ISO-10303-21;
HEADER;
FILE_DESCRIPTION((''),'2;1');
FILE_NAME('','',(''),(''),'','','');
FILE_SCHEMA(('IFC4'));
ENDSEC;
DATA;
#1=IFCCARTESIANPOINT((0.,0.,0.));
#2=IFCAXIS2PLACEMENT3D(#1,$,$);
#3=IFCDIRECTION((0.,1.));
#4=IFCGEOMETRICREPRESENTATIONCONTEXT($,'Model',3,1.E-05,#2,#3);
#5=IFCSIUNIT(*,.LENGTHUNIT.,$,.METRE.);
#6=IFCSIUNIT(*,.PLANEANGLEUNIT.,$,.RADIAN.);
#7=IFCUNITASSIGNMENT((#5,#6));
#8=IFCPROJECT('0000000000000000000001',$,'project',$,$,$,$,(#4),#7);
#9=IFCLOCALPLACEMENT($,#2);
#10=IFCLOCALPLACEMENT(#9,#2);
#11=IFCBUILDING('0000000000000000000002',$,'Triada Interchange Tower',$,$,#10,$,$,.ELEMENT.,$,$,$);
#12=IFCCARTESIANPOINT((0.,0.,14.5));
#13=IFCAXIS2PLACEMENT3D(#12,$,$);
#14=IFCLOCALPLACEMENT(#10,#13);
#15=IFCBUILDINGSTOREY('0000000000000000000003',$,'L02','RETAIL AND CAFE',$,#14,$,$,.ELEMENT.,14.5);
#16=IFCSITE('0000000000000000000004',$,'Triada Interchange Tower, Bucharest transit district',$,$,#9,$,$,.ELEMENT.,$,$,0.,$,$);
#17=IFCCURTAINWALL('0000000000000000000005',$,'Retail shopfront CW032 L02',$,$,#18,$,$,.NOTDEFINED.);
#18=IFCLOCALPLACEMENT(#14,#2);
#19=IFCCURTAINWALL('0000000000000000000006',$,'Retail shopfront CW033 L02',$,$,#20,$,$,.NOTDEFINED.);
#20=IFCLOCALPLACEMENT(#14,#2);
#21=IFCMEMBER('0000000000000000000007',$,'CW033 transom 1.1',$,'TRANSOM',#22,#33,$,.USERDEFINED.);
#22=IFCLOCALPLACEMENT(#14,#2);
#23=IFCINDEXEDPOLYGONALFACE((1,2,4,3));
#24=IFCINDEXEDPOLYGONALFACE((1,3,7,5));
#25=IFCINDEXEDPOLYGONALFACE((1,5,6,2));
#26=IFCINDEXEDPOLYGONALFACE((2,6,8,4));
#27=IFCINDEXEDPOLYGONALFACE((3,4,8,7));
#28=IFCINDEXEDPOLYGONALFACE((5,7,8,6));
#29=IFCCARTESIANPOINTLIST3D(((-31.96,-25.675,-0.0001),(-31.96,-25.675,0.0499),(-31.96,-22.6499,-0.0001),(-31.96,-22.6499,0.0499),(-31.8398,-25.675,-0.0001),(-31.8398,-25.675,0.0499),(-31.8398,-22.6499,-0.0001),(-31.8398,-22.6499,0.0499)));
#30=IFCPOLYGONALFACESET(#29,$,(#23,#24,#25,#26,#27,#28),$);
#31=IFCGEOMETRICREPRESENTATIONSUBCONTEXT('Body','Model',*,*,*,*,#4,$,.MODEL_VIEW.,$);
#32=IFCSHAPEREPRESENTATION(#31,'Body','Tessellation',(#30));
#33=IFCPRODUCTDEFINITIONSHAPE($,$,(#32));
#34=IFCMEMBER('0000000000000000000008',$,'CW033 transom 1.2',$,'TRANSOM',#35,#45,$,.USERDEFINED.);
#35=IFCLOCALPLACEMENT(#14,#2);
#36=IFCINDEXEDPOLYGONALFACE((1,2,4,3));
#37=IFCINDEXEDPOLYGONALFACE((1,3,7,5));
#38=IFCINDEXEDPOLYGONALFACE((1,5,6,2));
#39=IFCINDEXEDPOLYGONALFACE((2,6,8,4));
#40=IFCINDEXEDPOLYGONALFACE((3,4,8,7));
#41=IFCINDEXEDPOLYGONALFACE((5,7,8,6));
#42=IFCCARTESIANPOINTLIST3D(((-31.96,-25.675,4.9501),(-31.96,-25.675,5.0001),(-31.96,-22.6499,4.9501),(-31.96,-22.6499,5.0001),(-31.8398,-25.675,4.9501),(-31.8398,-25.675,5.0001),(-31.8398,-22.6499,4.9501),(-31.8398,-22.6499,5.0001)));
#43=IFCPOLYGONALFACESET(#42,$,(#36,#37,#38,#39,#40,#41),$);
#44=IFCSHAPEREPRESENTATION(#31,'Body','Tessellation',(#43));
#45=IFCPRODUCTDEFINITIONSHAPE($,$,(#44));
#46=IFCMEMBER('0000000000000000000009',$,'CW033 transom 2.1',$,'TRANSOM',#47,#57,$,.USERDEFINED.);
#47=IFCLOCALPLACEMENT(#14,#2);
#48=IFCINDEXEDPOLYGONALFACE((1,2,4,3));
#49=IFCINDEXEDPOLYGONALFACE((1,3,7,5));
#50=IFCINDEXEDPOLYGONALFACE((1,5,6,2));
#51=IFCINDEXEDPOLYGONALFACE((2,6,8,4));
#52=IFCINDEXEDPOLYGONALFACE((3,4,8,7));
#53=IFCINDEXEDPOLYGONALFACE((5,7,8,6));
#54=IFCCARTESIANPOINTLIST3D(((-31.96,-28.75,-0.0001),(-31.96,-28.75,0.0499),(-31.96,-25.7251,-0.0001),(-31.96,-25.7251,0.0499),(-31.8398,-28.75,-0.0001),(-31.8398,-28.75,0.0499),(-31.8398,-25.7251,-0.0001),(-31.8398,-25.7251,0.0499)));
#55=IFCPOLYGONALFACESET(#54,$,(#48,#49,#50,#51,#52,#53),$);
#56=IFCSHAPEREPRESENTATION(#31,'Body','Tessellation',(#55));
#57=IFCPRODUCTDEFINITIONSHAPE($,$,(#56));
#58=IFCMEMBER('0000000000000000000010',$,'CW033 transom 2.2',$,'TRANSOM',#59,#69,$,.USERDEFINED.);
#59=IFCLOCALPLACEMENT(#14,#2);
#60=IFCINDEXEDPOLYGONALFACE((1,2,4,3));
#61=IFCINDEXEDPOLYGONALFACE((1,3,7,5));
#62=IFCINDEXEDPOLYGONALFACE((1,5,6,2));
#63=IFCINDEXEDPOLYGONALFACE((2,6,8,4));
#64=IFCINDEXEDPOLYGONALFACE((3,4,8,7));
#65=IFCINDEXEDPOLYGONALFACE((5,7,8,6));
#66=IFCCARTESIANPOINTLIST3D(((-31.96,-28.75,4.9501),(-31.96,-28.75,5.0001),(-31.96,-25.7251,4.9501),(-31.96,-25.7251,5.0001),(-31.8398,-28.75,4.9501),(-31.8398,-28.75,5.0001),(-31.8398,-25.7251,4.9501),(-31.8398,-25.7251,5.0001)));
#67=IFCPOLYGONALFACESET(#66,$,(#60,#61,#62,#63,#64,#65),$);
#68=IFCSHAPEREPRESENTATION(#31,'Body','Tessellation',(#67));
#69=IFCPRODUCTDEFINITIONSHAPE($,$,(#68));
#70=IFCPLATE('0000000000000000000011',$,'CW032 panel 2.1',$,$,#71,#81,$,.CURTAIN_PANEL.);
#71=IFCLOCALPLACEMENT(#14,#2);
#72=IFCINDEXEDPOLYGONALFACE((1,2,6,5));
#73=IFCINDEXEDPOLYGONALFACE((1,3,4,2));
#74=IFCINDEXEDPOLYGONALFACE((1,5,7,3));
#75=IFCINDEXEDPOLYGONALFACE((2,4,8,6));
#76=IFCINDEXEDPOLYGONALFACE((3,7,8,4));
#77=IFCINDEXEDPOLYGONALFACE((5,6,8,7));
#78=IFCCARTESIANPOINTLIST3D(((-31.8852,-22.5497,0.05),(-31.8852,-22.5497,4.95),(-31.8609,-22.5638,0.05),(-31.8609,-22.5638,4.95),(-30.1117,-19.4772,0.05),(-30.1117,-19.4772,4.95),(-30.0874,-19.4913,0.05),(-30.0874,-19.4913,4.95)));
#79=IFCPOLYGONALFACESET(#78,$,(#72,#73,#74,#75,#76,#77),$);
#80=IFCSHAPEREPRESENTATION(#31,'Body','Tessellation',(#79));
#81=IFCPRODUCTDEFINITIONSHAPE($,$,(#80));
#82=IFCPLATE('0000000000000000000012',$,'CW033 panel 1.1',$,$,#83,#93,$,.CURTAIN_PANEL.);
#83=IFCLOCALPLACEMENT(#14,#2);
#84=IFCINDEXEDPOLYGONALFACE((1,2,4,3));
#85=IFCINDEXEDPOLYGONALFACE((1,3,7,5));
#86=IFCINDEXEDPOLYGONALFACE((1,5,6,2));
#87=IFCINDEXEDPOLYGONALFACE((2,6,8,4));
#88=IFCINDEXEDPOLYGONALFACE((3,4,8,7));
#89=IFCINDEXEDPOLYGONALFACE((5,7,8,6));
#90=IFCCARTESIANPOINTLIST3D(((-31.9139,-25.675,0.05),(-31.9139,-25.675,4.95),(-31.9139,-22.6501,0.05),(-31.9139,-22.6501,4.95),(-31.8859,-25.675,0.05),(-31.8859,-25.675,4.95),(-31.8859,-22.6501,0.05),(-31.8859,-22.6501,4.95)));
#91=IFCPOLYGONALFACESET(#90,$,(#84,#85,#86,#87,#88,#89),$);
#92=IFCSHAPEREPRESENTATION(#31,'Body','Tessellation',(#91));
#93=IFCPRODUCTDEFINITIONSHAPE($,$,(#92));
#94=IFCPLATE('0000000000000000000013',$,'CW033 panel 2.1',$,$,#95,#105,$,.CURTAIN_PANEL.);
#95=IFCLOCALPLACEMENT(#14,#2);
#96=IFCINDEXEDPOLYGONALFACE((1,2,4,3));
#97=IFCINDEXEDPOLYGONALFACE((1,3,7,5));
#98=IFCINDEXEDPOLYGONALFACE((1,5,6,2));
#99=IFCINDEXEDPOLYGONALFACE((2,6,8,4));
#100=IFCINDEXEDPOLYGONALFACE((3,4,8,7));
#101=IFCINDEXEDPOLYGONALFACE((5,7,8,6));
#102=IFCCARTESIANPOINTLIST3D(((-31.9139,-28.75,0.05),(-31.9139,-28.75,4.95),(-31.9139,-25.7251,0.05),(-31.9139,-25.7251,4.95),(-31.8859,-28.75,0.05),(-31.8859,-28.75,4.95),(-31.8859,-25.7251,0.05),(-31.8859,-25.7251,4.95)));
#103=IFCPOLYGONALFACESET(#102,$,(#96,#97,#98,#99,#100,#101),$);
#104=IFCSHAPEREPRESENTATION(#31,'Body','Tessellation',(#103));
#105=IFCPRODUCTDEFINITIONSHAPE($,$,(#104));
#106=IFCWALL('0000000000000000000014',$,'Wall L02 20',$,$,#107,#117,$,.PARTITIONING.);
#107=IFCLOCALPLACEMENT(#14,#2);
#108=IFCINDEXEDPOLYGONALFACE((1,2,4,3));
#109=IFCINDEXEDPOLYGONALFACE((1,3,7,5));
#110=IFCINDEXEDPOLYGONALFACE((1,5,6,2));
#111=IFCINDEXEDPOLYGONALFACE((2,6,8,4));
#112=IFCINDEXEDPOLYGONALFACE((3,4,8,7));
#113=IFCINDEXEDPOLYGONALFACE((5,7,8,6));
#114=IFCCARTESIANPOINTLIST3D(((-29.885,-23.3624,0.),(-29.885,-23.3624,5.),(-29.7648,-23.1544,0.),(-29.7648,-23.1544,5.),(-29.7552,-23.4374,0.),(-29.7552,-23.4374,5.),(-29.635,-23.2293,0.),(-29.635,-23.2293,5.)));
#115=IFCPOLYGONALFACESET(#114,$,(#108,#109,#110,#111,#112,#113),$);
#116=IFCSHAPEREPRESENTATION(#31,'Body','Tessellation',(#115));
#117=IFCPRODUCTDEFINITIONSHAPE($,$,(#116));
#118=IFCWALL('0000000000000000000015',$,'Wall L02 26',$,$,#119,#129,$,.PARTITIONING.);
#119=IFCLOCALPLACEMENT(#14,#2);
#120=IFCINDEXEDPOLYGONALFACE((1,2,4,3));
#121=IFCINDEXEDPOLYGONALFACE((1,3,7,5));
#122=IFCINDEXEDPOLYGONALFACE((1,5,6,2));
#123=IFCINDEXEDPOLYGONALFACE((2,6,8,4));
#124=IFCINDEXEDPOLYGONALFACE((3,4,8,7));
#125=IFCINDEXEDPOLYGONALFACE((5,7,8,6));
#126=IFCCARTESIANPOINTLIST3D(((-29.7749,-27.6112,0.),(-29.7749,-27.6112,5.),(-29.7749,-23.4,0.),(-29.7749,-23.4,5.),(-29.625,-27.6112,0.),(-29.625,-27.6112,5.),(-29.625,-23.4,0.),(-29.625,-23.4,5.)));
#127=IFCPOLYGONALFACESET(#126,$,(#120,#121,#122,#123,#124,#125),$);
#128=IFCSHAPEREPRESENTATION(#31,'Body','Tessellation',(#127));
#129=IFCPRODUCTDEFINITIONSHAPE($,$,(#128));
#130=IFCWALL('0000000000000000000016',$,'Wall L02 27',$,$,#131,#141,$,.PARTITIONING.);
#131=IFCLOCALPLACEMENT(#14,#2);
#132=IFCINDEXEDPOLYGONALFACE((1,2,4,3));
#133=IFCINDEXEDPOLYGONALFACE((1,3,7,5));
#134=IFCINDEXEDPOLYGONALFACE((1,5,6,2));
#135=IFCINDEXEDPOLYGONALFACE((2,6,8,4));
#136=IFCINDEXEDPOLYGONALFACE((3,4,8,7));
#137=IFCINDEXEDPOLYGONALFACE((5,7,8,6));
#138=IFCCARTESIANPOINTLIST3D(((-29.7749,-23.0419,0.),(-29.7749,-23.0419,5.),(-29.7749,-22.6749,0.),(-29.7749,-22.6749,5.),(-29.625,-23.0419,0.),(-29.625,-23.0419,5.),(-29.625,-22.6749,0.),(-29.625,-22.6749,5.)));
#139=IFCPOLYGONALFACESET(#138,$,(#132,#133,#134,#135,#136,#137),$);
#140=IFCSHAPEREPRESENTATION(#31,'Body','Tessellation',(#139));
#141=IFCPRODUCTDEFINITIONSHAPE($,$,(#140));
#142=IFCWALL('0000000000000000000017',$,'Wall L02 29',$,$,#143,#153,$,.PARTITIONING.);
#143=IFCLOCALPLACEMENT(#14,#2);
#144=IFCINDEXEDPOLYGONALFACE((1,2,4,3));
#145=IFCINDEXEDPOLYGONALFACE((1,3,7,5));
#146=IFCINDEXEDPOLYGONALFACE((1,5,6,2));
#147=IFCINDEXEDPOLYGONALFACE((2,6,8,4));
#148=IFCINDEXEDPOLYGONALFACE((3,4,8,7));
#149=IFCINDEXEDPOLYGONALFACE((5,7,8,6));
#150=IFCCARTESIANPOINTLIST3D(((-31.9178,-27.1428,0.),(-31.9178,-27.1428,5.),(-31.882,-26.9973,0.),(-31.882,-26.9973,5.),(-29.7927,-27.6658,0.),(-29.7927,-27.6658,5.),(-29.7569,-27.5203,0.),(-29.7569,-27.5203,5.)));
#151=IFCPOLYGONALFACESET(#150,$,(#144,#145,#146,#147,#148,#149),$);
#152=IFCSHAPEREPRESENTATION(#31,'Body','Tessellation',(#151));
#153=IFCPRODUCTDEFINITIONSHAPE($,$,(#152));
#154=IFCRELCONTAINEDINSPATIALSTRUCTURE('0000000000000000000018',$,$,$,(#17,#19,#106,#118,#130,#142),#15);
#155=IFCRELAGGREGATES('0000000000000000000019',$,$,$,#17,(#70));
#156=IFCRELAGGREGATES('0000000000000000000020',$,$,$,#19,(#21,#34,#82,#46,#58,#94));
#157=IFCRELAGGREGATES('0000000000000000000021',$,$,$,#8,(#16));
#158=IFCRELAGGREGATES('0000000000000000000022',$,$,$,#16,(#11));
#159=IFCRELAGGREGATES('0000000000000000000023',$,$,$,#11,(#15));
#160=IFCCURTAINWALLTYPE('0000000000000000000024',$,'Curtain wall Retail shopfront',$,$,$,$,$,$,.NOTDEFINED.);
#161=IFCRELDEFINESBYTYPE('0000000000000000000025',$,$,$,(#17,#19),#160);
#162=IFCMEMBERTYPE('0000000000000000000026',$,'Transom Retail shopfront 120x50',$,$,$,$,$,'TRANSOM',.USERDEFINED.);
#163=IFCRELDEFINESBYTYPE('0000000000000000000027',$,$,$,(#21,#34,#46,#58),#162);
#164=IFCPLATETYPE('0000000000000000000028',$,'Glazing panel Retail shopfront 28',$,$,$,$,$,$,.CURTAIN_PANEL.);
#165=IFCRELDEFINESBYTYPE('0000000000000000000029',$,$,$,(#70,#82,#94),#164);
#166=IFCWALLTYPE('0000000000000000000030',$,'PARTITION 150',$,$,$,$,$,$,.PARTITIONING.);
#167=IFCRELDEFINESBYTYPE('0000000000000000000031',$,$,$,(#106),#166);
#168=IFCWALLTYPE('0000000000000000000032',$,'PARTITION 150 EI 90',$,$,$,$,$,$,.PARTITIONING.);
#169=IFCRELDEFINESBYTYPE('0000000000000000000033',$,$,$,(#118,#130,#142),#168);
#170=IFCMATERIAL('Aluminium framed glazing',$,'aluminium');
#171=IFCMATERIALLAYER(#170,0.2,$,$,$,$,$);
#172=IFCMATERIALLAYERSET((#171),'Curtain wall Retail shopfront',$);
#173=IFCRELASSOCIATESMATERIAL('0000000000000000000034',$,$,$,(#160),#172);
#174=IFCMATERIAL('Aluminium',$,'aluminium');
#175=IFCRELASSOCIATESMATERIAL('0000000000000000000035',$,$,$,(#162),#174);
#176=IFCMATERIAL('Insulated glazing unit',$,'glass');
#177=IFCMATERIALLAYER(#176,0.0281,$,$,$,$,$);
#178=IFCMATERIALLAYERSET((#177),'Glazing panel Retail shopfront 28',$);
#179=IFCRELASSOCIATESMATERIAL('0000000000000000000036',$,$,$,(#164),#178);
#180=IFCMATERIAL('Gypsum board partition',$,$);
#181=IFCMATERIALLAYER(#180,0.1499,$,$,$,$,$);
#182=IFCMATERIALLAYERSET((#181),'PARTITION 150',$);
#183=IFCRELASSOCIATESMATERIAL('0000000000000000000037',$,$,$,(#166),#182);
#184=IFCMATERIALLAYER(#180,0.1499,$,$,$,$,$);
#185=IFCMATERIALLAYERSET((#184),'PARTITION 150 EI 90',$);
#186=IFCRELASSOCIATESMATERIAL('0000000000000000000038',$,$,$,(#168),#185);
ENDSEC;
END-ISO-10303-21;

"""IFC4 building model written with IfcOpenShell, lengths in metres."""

from ifc_helpers import new_model, si_unit, direction, frame, frame_2d, origin, origin_2d, place, context, subcontext, project, spatial, rectangle, extrude, material, layer, layer_set, material_profile, profile_set, type_object, element, aggregate, save


model = new_model("IFC4")

# Units and contexts
model_context = context("Model", 3, precision=1e-05, world=origin(), true_north=direction((0.0, 1.0)))
body_context = subcontext(model_context, "Body", "Model", "MODEL_VIEW")
ifc_project = project(units=[si_unit("LENGTHUNIT", "METRE"), si_unit("PLANEANGLEUNIT", "RADIAN")], contexts=[model_context])

# Site, building, storey
site_placement = place(None, origin())
site = spatial("IfcSite", under=ifc_project, at=site_placement, Name="Triada Interchange Tower, Bucharest transit district", CompositionType="ELEMENT", RefElevation=0.0)
building_placement = place(site_placement, origin())
building = spatial("IfcBuilding", under=site, at=building_placement, Name="Triada Interchange Tower", CompositionType="ELEMENT")
storey_placement = place(building_placement, frame((0.0, 0.0, 14.5)))
storey = spatial("IfcBuildingStorey", under=building, at=storey_placement, Name="L02", Description="RETAIL AND CAFE", CompositionType="ELEMENT", Elevation=14.5)

# Curtain walls
ifc_material_1 = material(Name="Aluminium framed glazing", Category="aluminium")
ifc_layer_1 = layer(ifc_material_1, 0.2)
ifc_layer_set_1 = layer_set([ifc_layer_1], Name="Curtain wall Retail shopfront")
curtain_wall_type = type_object("IfcCurtainWallType", Name="Curtain wall Retail shopfront", PredefinedType="NOTDEFINED", material=ifc_layer_set_1)
curtain_wall_1_placement = place(storey_placement, origin())
curtain_wall_1 = element("IfcCurtainWall", 1, at=curtain_wall_1_placement, inside=storey, type_object=curtain_wall_type, Name="Retail shopfront CW032 L02", PredefinedType="NOTDEFINED")
ifc_material_2 = material(Name="Aluminium", Category="aluminium")
curtain_wall_2_placement = place(storey_placement, origin())
curtain_wall_2 = element("IfcCurtainWall", 2, at=curtain_wall_2_placement, inside=storey, type_object=curtain_wall_type, Name="Retail shopfront CW033 L02", PredefinedType="NOTDEFINED")

# Members
ifc_material_profile_1 = material_profile(ifc_material_2, rectangle(XDim=0.1201, YDim=0.05, at=origin_2d()), Name="Aluminium transom")
ifc_profile_set_1 = profile_set([ifc_material_profile_1], Name="Aluminium")
member_type_1 = type_object("IfcMemberType", Name="Transom Retail shopfront 120x50", ElementType="TRANSOM", PredefinedType="USERDEFINED", material=ifc_profile_set_1)
member_1_placement = place(storey_placement, frame((-31.8999, -22.6499, 0.0249), z_axis=(0.0, -1.0, 0.0), x_axis=(1.0, 0.0, 0.0)))
member_1 = element("IfcMember", 3, at=member_1_placement, type_object=member_type_1, Name="CW033 transom 1.1", ObjectType="TRANSOM", PredefinedType="USERDEFINED", context=body_context, shape_type="SweptSolid", body=[
    extrude(rectangle(XDim=0.1201, YDim=0.05, at=origin_2d()), origin(), (0.0, 0.0, 1.0), 3.0251),
])
member_2_placement = place(storey_placement, frame((-31.8999, -22.6499, 4.9751), z_axis=(0.0, -1.0, 0.0), x_axis=(1.0, 0.0, 0.0)))
member_2 = element("IfcMember", 4, at=member_2_placement, type_object=member_type_1, Name="CW033 transom 1.2", ObjectType="TRANSOM", PredefinedType="USERDEFINED", context=body_context, shape_type="SweptSolid", body=[
    extrude(rectangle(XDim=0.1201, YDim=0.05, at=origin_2d()), origin(), (0.0, 0.0, 1.0), 3.0251),
])
member_3_placement = place(storey_placement, frame((-31.8999, -25.7251, 0.0249), z_axis=(0.0, -1.0, 0.0), x_axis=(1.0, 0.0, 0.0)))
member_3 = element("IfcMember", 5, at=member_3_placement, type_object=member_type_1, Name="CW033 transom 2.1", ObjectType="TRANSOM", PredefinedType="USERDEFINED", context=body_context, shape_type="SweptSolid", body=[
    extrude(rectangle(XDim=0.1201, YDim=0.05, at=origin_2d()), origin(), (0.0, 0.0, 1.0), 3.0249),
])
member_4_placement = place(storey_placement, frame((-31.8999, -25.7251, 4.9751), z_axis=(0.0, -1.0, 0.0), x_axis=(1.0, 0.0, 0.0)))
member_4 = element("IfcMember", 6, at=member_4_placement, type_object=member_type_1, Name="CW033 transom 2.2", ObjectType="TRANSOM", PredefinedType="USERDEFINED", context=body_context, shape_type="SweptSolid", body=[
    extrude(rectangle(XDim=0.1201, YDim=0.05, at=origin_2d()), origin(), (0.0, 0.0, 1.0), 3.0249),
])

# Plates
ifc_material_3 = material(Name="Insulated glazing unit", Category="glass")
ifc_layer_2 = layer(ifc_material_3, 0.0281)
ifc_layer_set_2 = layer_set([ifc_layer_2], Name="Glazing panel Retail shopfront 28")
plate_type = type_object("IfcPlateType", Name="Glazing panel Retail shopfront 28", PredefinedType="CURTAIN_PANEL", material=ifc_layer_set_2)
plate_1_placement = place(storey_placement, frame((-30.9863, -21.0205, 0.05), z_axis=(0.0, 0.0, 1.0), x_axis=(-0.49991, -0.866078, 0.0)))
plate_1 = element("IfcPlate", 7, at=plate_1_placement, type_object=plate_type, Name="CW032 panel 2.1", PredefinedType="CURTAIN_PANEL", context=body_context, shape_type="SweptSolid", body=[
    extrude(rectangle(XDim=3.5476, YDim=0.0281, at=origin_2d()), origin(), (0.0, 0.0, 1.0), 4.8999),
])
aggregate(curtain_wall_1, [plate_1])
plate_2_placement = place(storey_placement, frame((-31.8999, -24.1626, 0.05), z_axis=(0.0, 0.0, 1.0), x_axis=(0.0, -1.0, 0.0)))
plate_2 = element("IfcPlate", 8, at=plate_2_placement, type_object=plate_type, Name="CW033 panel 1.1", PredefinedType="CURTAIN_PANEL", context=body_context, shape_type="SweptSolid", body=[
    extrude(rectangle(XDim=3.0249, YDim=0.0281, at=origin_2d()), origin(), (0.0, 0.0, 1.0), 4.8999),
])
plate_3_placement = place(storey_placement, frame((-31.8999, -27.2375, 0.05), z_axis=(0.0, 0.0, 1.0), x_axis=(0.0, -1.0, 0.0)))
plate_3 = element("IfcPlate", 9, at=plate_3_placement, type_object=plate_type, Name="CW033 panel 2.1", PredefinedType="CURTAIN_PANEL", context=body_context, shape_type="SweptSolid", body=[
    extrude(rectangle(XDim=3.0249, YDim=0.0281, at=origin_2d()), origin(), (0.0, 0.0, 1.0), 4.8999),
])
aggregate(curtain_wall_2, [member_1, member_2, plate_2, member_3, member_4, plate_3])

# Walls
ifc_material_4 = material(Name="Gypsum board partition")
ifc_layer_3 = layer(ifc_material_4, 0.1499)
ifc_layer_set_3 = layer_set([ifc_layer_3], Name="PARTITION 150")
wall_type_1 = type_object("IfcWallType", Name="PARTITION 150", PredefinedType="PARTITIONING", material=ifc_layer_set_3)
wall_1_placement = place(storey_placement, frame((-29.8201, -23.3999, 0.0), z_axis=(0.0, 0.0, 1.0), x_axis=(0.500074, 0.865982, 0.0)))
element("IfcWall", 10, at=wall_1_placement, inside=storey, type_object=wall_type_1, Name="Wall L02 20", PredefinedType="PARTITIONING", context=body_context, shape_type="SweptSolid", body=[
    extrude(rectangle(XDim=0.2402, YDim=0.1499, at=frame_2d((0.1201, 0.0))), origin(), (0.0, 0.0, 1.0), 5.0),
])
ifc_layer_4 = layer(ifc_material_4, 0.1499)
ifc_layer_set_4 = layer_set([ifc_layer_4], Name="PARTITION 150 EI 90")
wall_type_2 = type_object("IfcWallType", Name="PARTITION 150 EI 90", PredefinedType="PARTITIONING", material=ifc_layer_set_4)
wall_2_placement = place(storey_placement, frame((-29.7, -27.6111, 0.0), z_axis=(0.0, 0.0, 1.0), x_axis=(0.0, 1.0, 0.0)))
element("IfcWall", 11, at=wall_2_placement, inside=storey, type_object=wall_type_2, Name="Wall L02 26", PredefinedType="PARTITIONING", context=body_context, shape_type="SweptSolid", body=[
    extrude(rectangle(XDim=4.2112, YDim=0.1499, at=frame_2d((2.1055, 0.0))), origin(), (0.0, 0.0, 1.0), 5.0),
])
wall_3_placement = place(storey_placement, frame((-29.7, -23.042, 0.0), z_axis=(0.0, 0.0, 1.0), x_axis=(0.0, 1.0, 0.0)))
element("IfcWall", 12, at=wall_3_placement, inside=storey, type_object=wall_type_2, Name="Wall L02 27", PredefinedType="PARTITIONING", context=body_context, shape_type="SweptSolid", body=[
    extrude(rectangle(XDim=0.3669, YDim=0.1499, at=frame_2d((0.1836, 0.0))), origin(), (0.0, 0.0, 1.0), 5.0),
])
wall_4_placement = place(storey_placement, frame((-31.8999, -27.0701, 0.0), z_axis=(0.0, 0.0, 1.0), x_axis=(0.971028, -0.238964, 0.0)))
element("IfcWall", 13, at=wall_4_placement, inside=storey, type_object=wall_type_2, Name="Wall L02 29", PredefinedType="PARTITIONING", context=body_context, shape_type="SweptSolid", body=[
    extrude(rectangle(XDim=2.1885, YDim=0.1499, at=frame_2d((1.0942, 0.0))), origin(), (0.0, 0.0, 1.0), 5.0),
])

save(model, "model.ifc")
